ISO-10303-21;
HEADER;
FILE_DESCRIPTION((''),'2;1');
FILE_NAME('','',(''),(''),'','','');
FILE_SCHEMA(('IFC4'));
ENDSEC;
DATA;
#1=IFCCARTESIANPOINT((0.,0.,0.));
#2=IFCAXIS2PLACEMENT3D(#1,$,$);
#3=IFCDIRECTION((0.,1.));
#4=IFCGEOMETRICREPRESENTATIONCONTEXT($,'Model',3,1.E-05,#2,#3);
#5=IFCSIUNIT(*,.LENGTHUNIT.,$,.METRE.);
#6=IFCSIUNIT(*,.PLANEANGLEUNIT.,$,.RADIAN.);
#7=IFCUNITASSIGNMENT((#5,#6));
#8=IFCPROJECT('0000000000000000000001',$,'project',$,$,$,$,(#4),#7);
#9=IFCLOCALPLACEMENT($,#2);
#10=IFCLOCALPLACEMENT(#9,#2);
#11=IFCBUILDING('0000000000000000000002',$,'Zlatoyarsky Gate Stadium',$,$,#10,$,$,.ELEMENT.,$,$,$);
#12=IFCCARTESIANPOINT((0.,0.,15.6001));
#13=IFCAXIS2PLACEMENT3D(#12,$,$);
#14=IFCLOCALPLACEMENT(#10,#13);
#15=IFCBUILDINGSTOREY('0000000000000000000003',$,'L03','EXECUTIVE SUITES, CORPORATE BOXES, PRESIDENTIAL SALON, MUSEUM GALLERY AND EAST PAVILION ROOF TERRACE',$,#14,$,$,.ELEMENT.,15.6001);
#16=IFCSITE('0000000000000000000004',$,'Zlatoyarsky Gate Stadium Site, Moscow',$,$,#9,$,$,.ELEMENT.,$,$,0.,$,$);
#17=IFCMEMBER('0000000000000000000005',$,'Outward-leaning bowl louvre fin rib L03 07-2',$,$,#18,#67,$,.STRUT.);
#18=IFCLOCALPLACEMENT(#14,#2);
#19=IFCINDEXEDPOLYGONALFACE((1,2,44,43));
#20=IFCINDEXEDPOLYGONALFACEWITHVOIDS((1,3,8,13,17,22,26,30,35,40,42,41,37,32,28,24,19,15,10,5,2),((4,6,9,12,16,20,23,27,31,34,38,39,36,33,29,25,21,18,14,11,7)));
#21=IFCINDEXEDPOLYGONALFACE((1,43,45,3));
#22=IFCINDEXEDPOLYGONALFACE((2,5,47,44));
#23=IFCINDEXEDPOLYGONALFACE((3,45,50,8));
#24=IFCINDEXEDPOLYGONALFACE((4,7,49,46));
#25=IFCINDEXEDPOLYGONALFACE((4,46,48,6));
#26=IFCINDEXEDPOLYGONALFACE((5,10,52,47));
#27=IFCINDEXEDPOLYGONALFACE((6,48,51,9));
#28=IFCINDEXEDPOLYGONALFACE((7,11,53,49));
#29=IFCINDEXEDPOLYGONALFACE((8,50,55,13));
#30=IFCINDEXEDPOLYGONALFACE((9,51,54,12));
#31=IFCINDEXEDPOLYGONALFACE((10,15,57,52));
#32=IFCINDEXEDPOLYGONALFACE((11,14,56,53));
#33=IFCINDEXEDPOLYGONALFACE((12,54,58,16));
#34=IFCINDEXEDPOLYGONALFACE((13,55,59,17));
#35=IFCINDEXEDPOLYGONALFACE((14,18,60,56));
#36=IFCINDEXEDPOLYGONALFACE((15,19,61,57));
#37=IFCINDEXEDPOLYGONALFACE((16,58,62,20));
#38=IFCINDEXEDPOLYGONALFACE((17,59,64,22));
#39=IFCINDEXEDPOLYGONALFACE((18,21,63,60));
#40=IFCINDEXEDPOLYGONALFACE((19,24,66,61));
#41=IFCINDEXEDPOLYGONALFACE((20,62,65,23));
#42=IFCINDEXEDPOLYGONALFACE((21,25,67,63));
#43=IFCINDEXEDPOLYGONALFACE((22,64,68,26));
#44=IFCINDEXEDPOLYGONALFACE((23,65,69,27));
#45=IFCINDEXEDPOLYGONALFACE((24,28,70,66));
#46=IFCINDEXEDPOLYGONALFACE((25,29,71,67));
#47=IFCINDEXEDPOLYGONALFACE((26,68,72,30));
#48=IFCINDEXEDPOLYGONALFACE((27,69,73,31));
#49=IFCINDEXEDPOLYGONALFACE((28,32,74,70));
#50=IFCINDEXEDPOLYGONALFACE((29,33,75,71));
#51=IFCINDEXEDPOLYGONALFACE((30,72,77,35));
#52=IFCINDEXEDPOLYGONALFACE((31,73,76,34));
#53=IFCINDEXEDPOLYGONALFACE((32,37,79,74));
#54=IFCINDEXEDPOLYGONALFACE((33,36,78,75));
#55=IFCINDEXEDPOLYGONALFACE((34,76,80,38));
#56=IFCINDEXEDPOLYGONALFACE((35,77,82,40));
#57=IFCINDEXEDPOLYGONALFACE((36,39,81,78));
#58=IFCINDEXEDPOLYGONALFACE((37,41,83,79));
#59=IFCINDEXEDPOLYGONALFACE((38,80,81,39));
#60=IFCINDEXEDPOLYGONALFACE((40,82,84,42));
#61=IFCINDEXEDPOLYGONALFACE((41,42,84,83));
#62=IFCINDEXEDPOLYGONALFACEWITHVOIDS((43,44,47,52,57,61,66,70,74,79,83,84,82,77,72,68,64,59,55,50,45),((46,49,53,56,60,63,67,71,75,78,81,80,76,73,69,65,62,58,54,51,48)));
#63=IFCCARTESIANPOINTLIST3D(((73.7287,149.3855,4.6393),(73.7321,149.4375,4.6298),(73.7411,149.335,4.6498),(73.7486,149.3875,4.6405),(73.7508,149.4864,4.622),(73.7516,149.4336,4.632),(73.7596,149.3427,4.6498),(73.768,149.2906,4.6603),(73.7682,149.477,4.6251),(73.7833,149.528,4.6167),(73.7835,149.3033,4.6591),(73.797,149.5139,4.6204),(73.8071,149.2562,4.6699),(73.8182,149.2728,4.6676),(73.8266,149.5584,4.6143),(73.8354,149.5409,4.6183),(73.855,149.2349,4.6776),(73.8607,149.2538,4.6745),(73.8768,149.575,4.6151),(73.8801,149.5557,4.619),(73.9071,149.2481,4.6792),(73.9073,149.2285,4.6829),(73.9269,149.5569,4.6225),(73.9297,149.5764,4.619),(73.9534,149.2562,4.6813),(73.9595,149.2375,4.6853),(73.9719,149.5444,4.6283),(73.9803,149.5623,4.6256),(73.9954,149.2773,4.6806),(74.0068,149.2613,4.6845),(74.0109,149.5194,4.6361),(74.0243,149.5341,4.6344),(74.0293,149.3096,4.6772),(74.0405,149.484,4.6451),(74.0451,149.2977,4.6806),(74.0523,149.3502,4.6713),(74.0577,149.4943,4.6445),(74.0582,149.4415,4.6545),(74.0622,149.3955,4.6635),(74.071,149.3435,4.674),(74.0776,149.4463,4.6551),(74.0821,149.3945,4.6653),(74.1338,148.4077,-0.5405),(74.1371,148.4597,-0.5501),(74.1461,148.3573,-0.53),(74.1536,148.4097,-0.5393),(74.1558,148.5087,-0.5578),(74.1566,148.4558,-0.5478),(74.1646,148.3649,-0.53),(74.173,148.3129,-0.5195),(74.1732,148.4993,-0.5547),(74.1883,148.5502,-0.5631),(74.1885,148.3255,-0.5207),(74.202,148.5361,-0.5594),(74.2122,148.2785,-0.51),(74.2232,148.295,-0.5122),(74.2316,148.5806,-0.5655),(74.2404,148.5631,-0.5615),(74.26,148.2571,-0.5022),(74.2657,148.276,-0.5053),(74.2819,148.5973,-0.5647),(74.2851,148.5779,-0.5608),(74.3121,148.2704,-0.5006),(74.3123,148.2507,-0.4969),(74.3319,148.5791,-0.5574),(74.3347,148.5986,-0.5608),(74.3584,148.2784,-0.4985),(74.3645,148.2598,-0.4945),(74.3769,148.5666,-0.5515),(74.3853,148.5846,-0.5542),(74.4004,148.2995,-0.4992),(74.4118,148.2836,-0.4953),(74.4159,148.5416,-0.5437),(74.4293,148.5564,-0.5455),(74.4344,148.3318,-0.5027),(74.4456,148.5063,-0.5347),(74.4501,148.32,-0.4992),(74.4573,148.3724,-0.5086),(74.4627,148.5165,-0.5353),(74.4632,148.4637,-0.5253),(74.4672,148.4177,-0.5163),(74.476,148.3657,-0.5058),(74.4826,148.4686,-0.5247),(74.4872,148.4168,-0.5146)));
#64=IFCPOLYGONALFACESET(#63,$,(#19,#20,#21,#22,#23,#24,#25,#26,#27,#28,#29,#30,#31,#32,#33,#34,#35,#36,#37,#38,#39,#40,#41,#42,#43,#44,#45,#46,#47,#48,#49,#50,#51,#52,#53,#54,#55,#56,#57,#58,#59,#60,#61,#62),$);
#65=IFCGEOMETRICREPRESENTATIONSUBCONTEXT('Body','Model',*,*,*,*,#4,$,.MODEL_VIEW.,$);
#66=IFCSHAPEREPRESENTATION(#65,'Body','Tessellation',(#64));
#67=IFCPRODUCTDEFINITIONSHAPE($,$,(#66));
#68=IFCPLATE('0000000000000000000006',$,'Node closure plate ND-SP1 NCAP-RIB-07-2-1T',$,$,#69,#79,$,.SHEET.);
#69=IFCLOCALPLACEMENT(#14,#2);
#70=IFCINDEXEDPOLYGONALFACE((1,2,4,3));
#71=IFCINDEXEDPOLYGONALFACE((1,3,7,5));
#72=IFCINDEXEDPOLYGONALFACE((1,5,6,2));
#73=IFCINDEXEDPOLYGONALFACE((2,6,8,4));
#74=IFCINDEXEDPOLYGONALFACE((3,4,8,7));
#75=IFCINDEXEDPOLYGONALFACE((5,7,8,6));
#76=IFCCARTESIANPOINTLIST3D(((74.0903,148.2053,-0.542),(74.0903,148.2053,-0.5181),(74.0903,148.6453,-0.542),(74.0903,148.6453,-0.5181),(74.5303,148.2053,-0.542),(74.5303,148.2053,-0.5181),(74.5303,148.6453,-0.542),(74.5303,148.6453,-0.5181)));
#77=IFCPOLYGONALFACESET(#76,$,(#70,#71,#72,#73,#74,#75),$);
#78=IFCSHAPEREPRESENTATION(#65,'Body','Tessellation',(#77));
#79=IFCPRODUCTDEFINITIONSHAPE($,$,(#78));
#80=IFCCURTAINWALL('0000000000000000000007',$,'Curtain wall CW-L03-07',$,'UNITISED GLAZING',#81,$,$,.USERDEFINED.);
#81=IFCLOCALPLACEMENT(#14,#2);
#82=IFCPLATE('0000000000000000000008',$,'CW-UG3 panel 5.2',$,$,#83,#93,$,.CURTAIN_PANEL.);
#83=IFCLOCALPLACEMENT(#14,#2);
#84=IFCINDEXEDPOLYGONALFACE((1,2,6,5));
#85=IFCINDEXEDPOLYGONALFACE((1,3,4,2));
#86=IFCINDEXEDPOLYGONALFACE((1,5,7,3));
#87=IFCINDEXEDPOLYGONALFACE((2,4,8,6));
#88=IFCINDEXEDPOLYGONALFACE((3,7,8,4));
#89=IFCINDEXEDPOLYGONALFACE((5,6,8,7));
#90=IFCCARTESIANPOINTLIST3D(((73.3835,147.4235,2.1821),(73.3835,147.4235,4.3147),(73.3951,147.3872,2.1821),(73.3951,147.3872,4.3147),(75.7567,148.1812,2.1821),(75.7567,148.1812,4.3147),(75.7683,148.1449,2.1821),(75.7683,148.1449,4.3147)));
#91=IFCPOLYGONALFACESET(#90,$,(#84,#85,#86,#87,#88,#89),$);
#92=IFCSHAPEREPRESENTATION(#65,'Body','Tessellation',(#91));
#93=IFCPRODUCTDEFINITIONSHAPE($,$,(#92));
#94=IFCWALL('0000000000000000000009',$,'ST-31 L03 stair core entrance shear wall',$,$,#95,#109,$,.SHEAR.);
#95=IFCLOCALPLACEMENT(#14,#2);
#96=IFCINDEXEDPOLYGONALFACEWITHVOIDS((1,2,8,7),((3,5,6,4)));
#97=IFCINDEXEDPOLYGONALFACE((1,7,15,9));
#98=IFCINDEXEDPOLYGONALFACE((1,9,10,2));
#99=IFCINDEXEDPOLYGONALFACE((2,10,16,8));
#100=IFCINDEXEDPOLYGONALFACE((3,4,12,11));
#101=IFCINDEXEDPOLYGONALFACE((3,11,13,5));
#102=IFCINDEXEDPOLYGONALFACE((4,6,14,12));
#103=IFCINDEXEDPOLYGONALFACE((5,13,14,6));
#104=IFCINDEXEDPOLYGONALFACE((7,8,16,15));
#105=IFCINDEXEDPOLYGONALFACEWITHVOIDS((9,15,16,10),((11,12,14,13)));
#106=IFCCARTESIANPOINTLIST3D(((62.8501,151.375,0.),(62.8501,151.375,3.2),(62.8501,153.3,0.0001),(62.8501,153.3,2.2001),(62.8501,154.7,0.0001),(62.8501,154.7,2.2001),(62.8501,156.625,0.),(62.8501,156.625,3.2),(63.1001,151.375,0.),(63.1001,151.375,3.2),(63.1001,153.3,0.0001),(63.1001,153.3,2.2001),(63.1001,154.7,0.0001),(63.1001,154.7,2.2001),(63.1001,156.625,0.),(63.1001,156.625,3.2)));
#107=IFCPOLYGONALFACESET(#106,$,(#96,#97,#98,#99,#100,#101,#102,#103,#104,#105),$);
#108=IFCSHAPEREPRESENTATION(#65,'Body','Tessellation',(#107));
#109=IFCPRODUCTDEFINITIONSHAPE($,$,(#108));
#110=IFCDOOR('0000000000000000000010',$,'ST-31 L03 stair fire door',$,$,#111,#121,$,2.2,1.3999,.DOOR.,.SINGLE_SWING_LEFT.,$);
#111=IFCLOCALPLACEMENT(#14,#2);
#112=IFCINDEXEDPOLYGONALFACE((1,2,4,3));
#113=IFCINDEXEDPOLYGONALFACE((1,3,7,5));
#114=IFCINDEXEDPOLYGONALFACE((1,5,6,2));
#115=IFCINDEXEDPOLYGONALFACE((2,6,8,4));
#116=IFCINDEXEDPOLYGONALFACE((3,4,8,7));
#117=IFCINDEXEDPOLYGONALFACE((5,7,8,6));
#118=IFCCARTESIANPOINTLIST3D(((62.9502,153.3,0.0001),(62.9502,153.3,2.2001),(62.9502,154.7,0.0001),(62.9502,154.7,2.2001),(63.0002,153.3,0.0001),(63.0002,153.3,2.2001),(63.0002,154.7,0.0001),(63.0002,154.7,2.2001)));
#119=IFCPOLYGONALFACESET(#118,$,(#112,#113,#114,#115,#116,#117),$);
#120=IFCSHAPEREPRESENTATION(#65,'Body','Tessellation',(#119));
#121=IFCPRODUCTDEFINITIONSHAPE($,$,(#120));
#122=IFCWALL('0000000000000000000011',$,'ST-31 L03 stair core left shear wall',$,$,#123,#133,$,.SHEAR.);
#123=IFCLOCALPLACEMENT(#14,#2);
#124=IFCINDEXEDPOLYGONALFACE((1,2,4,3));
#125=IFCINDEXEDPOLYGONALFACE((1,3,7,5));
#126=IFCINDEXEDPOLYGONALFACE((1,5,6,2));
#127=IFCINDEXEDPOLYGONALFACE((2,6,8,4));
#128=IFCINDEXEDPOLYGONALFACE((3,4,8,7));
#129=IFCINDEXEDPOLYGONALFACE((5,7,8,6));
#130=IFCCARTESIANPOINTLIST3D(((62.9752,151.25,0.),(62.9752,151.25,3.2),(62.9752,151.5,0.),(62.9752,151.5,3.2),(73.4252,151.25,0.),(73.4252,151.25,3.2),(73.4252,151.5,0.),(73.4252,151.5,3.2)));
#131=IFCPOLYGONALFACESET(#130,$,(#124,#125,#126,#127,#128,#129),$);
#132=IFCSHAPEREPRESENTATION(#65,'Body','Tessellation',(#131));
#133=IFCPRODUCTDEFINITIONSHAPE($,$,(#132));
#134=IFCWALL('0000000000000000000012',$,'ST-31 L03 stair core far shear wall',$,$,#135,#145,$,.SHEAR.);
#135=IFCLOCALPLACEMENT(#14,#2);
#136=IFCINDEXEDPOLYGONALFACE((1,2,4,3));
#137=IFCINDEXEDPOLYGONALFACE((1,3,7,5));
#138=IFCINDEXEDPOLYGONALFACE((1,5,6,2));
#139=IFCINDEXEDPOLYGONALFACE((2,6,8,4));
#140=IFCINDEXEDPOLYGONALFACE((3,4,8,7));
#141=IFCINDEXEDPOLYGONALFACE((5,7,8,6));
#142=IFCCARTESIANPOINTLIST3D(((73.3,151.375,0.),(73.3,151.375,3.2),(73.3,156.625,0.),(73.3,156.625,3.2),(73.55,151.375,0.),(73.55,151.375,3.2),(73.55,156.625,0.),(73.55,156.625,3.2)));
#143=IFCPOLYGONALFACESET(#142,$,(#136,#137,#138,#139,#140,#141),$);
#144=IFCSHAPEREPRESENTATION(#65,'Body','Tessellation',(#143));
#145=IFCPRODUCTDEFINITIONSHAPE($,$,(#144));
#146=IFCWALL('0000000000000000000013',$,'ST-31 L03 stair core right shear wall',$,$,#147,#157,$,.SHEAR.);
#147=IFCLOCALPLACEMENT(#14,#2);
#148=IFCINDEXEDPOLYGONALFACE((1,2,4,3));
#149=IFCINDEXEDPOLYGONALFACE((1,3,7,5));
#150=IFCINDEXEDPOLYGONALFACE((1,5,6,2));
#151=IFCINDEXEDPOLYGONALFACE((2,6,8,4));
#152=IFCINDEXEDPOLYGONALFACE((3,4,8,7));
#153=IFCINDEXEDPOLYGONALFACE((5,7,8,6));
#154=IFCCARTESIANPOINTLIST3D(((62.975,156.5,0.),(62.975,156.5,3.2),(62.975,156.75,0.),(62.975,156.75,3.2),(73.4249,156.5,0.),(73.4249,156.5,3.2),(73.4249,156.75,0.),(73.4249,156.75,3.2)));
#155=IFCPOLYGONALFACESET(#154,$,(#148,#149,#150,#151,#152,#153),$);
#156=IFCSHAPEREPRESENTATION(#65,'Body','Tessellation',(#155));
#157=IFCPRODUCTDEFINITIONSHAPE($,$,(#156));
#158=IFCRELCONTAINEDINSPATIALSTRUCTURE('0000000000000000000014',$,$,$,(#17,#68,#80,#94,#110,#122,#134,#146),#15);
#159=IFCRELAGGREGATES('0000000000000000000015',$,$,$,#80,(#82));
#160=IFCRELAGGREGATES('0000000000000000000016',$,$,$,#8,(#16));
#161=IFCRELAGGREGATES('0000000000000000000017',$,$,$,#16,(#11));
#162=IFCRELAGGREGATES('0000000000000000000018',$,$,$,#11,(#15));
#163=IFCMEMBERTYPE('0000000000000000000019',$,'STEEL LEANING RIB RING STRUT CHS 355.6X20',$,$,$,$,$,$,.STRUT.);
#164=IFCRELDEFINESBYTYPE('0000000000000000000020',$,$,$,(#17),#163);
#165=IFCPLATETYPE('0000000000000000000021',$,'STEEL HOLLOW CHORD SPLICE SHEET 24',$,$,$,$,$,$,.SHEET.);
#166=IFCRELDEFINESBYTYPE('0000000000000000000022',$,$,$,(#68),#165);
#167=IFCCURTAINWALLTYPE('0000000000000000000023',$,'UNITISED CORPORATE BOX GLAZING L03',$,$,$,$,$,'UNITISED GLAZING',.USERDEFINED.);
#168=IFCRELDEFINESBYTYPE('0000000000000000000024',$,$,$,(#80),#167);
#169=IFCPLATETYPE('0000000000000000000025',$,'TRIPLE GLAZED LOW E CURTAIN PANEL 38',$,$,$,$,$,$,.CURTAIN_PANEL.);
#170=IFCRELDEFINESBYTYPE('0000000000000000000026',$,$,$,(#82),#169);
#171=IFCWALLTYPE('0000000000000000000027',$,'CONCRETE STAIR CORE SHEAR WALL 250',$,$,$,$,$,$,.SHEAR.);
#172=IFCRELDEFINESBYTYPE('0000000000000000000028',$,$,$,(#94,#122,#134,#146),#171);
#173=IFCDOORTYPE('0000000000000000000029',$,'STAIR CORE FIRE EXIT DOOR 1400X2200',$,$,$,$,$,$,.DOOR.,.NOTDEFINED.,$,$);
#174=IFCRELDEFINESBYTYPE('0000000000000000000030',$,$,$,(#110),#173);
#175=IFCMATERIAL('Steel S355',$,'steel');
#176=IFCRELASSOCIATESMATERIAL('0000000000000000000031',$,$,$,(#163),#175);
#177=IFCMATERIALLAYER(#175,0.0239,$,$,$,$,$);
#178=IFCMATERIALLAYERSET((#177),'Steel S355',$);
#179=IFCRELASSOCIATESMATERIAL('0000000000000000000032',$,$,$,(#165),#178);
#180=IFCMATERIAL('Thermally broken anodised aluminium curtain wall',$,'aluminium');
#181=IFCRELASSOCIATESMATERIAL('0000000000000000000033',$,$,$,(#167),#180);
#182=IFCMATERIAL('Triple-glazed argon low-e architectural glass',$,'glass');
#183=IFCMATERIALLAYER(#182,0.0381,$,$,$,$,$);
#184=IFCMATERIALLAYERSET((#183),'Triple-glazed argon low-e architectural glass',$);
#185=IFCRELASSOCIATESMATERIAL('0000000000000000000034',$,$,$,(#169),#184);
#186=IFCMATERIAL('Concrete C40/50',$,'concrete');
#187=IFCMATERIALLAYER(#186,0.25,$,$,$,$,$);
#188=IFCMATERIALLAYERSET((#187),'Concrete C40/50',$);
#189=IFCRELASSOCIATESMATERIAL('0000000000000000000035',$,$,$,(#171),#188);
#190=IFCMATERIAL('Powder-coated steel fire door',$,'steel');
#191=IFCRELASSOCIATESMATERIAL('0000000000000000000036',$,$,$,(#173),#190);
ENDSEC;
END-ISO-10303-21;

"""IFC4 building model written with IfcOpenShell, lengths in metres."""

from ifc_helpers import new_model, si_unit, direction, frame, frame_2d, origin, origin_2d, place, context, subcontext, project, spatial, rectangle, hollow_circle, extrude, material, layer, layer_set, material_profile, profile_set, type_object, element, fill, aggregate, save


model = new_model("IFC4")

# Units and contexts
model_context = context("Model", 3, precision=1e-05, world=origin(), true_north=direction((0.0, 1.0)))
body_context = subcontext(model_context, "Body", "Model", "MODEL_VIEW")
ifc_project = project(units=[si_unit("LENGTHUNIT", "METRE"), si_unit("PLANEANGLEUNIT", "RADIAN")], contexts=[model_context])

# Site, building, storey
site_placement = place(None, origin())
site = spatial("IfcSite", under=ifc_project, at=site_placement, Name="Zlatoyarsky Gate Stadium Site, Moscow", CompositionType="ELEMENT", RefElevation=0.0)
building_placement = place(site_placement, origin())
building = spatial("IfcBuilding", under=site, at=building_placement, Name="Zlatoyarsky Gate Stadium", CompositionType="ELEMENT")
storey_placement = place(building_placement, frame((0.0, 0.0, 15.6001)))
storey = spatial("IfcBuildingStorey", under=building, at=storey_placement, Name="L03", Description="EXECUTIVE SUITES, CORPORATE BOXES, PRESIDENTIAL SALON, MUSEUM GALLERY AND EAST PAVILION ROOF TERRACE", CompositionType="ELEMENT", Elevation=15.6001)

# Shared definitions
ifc_material_1 = material(Name="Steel S355", Category="steel")

# Member
ifc_material_profile_1 = material_profile(ifc_material_1, hollow_circle(Radius=0.1777, WallThickness=0.02, at=origin_2d()), Name="CHS 355.6X20")
ifc_profile_set_1 = profile_set([ifc_material_profile_1], Name="Steel S355")
member_type = type_object("IfcMemberType", Name="STEEL LEANING RIB RING STRUT CHS 355.6X20", PredefinedType="STRUT", material=ifc_profile_set_1)
member_placement = place(storey_placement, frame((74.3103, 148.4253, -0.53), z_axis=(-0.076609, 0.184943, 0.979759), x_axis=(-0.923873, -0.382698, 0.0)))
element("IfcMember", 1, at=member_placement, inside=storey, type_object=member_type, Name="Outward-leaning bowl louvre fin rib L03 07-2", PredefinedType="STRUT", context=body_context, shape_type="SweptSolid", body=[
    extrude(hollow_circle(Radius=0.1777, WallThickness=0.02, at=origin_2d()), origin(), (0.0, 0.0, 1.0), 5.2869),
])

# Plate
ifc_layer_1 = layer(ifc_material_1, 0.0239)
ifc_layer_set_1 = layer_set([ifc_layer_1], Name="Steel S355")
plate_type_1 = type_object("IfcPlateType", Name="STEEL HOLLOW CHORD SPLICE SHEET 24", PredefinedType="SHEET", material=ifc_layer_set_1)
plate_1_placement = place(storey_placement, frame((74.3103, 148.4253, -0.542), z_axis=(0.0, 0.0, 1.0), x_axis=(1.0, 0.0, 0.0)))
element("IfcPlate", 2, at=plate_1_placement, inside=storey, type_object=plate_type_1, Name="Node closure plate ND-SP1 NCAP-RIB-07-2-1T", PredefinedType="SHEET", context=body_context, shape_type="SweptSolid", body=[
    extrude(rectangle(XDim=0.4399, YDim=0.4399, at=origin_2d()), origin(), (0.0, 0.0, 1.0), 0.0239),
])

# Curtain wall, plate
ifc_material_2 = material(Name="Thermally broken anodised aluminium curtain wall", Category="aluminium")
curtain_wall_type = type_object("IfcCurtainWallType", Name="UNITISED CORPORATE BOX GLAZING L03", ElementType="UNITISED GLAZING", PredefinedType="USERDEFINED", material=ifc_material_2)
curtain_wall_placement = place(storey_placement, origin())
curtain_wall = element("IfcCurtainWall", 3, at=curtain_wall_placement, inside=storey, type_object=curtain_wall_type, Name="Curtain wall CW-L03-07", ObjectType="UNITISED GLAZING", PredefinedType="USERDEFINED")
ifc_material_3 = material(Name="Triple-glazed argon low-e architectural glass", Category="glass")
ifc_layer_2 = layer(ifc_material_3, 0.0381)
ifc_layer_set_2 = layer_set([ifc_layer_2], Name="Triple-glazed argon low-e architectural glass")
plate_type_2 = type_object("IfcPlateType", Name="TRIPLE GLAZED LOW E CURTAIN PANEL 38", PredefinedType="CURTAIN_PANEL", material=ifc_layer_set_2)
plate_2_placement = place(storey_placement, frame((74.5759, 147.7842, 2.1821), z_axis=(0.0, 0.0, 1.0), x_axis=(-0.95262, -0.304162, 0.0)))
plate_2 = element("IfcPlate", 4, at=plate_2_placement, type_object=plate_type_2, Name="CW-UG3 panel 5.2", PredefinedType="CURTAIN_PANEL", context=body_context, shape_type="SweptSolid", body=[
    extrude(rectangle(XDim=2.4912, YDim=0.0381, at=origin_2d()), origin(), (0.0, 0.0, 1.0), 2.1326),
])
aggregate(curtain_wall, [plate_2])

# Wall, opening, door
ifc_material_4 = material(Name="Concrete C40/50", Category="concrete")
ifc_layer_3 = layer(ifc_material_4, 0.25)
ifc_layer_set_3 = layer_set([ifc_layer_3], Name="Concrete C40/50")
wall_type_1 = type_object("IfcWallType", Name="CONCRETE STAIR CORE SHEAR WALL 250", PredefinedType="SHEAR", material=ifc_layer_set_3)
wall_1_placement = place(storey_placement, frame((62.9751, 156.625, 0.0), z_axis=(0.0, 0.0, 1.0), x_axis=(0.0, -1.0, 0.0)))
wall_1 = element("IfcWall", 5, at=wall_1_placement, inside=storey, type_object=wall_type_1, Name="ST-31 L03 stair core entrance shear wall", PredefinedType="SHEAR", context=body_context, shape_type="SweptSolid", body=[
    extrude(rectangle(XDim=5.25, YDim=0.25, at=frame_2d((2.625, 0.0))), origin(), (0.0, 0.0, 1.0), 3.2),
])
opening_1_placement = place(wall_1_placement, frame((1.925, 0.0, 0.0)))
opening_1 = element("IfcOpeningElement", 6, at=opening_1_placement, cuts=wall_1, PredefinedType="OPENING", context=body_context, shape_type="SweptSolid", body=[
    extrude(rectangle(XDim=1.3999, YDim=2.2, at=frame_2d((0.7, 1.1001))), frame((0.0, 0.135, 0.0), z_axis=(0.0, -1.0, 0.0), x_axis=(1.0, 0.0, 0.0)), (0.0, 0.0, 1.0), 0.27),
])
ifc_material_5 = material(Name="Powder-coated steel fire door", Category="steel")
door_type = type_object("IfcDoorType", Name="STAIR CORE FIRE EXIT DOOR 1400X2200", OperationType="NOTDEFINED", PredefinedType="DOOR", material=ifc_material_5)
door_placement = place(opening_1_placement, frame((1.3999, 0.0, 0.0), z_axis=(0.0, 0.0, 1.0), x_axis=(-1.0, 0.0, 0.0)))
door = element("IfcDoor", 7, at=door_placement, inside=storey, type_object=door_type, Name="ST-31 L03 stair fire door", OperationType="SINGLE_SWING_LEFT", OverallHeight=2.2, OverallWidth=1.3999, PredefinedType="DOOR", context=body_context, shape_type="SweptSolid", body=[
    extrude(rectangle(XDim=1.3999, YDim=2.2, at=frame_2d((0.7, 1.1001))), frame((0.0, 0.0249, 0.0), z_axis=(0.0, -1.0, 0.0), x_axis=(1.0, 0.0, 0.0)), (0.0, 0.0, 1.0), 0.05),
])
fill(opening_1, door)

# Walls
wall_2_placement = place(storey_placement, frame((62.9751, 151.375, 0.0), z_axis=(0.0, 0.0, 1.0), x_axis=(1.0, 0.0, 0.0)))
element("IfcWall", 8, at=wall_2_placement, inside=storey, type_object=wall_type_1, Name="ST-31 L03 stair core left shear wall", PredefinedType="SHEAR", context=body_context, shape_type="SweptSolid", body=[
    extrude(rectangle(XDim=10.45, YDim=0.25, at=frame_2d((5.2251, 0.0))), origin(), (0.0, 0.0, 1.0), 3.2),
])
wall_3_placement = place(storey_placement, frame((73.425, 151.375, 0.0), z_axis=(0.0, 0.0, 1.0), x_axis=(0.0, 1.0, 0.0)))
element("IfcWall", 9, at=wall_3_placement, inside=storey, type_object=wall_type_1, Name="ST-31 L03 stair core far shear wall", PredefinedType="SHEAR", context=body_context, shape_type="SweptSolid", body=[
    extrude(rectangle(XDim=5.25, YDim=0.25, at=frame_2d((2.625, 0.0))), origin(), (0.0, 0.0, 1.0), 3.2),
])
wall_4_placement = place(storey_placement, frame((73.425, 156.625, 0.0), z_axis=(0.0, 0.0, 1.0), x_axis=(-1.0, 0.0, 0.0)))
element("IfcWall", 10, at=wall_4_placement, inside=storey, type_object=wall_type_1, Name="ST-31 L03 stair core right shear wall", PredefinedType="SHEAR", context=body_context, shape_type="SweptSolid", body=[
    extrude(rectangle(XDim=10.45, YDim=0.25, at=frame_2d((5.2251, 0.0))), origin(), (0.0, 0.0, 1.0), 3.2),
])

save(model, "model.ifc")
